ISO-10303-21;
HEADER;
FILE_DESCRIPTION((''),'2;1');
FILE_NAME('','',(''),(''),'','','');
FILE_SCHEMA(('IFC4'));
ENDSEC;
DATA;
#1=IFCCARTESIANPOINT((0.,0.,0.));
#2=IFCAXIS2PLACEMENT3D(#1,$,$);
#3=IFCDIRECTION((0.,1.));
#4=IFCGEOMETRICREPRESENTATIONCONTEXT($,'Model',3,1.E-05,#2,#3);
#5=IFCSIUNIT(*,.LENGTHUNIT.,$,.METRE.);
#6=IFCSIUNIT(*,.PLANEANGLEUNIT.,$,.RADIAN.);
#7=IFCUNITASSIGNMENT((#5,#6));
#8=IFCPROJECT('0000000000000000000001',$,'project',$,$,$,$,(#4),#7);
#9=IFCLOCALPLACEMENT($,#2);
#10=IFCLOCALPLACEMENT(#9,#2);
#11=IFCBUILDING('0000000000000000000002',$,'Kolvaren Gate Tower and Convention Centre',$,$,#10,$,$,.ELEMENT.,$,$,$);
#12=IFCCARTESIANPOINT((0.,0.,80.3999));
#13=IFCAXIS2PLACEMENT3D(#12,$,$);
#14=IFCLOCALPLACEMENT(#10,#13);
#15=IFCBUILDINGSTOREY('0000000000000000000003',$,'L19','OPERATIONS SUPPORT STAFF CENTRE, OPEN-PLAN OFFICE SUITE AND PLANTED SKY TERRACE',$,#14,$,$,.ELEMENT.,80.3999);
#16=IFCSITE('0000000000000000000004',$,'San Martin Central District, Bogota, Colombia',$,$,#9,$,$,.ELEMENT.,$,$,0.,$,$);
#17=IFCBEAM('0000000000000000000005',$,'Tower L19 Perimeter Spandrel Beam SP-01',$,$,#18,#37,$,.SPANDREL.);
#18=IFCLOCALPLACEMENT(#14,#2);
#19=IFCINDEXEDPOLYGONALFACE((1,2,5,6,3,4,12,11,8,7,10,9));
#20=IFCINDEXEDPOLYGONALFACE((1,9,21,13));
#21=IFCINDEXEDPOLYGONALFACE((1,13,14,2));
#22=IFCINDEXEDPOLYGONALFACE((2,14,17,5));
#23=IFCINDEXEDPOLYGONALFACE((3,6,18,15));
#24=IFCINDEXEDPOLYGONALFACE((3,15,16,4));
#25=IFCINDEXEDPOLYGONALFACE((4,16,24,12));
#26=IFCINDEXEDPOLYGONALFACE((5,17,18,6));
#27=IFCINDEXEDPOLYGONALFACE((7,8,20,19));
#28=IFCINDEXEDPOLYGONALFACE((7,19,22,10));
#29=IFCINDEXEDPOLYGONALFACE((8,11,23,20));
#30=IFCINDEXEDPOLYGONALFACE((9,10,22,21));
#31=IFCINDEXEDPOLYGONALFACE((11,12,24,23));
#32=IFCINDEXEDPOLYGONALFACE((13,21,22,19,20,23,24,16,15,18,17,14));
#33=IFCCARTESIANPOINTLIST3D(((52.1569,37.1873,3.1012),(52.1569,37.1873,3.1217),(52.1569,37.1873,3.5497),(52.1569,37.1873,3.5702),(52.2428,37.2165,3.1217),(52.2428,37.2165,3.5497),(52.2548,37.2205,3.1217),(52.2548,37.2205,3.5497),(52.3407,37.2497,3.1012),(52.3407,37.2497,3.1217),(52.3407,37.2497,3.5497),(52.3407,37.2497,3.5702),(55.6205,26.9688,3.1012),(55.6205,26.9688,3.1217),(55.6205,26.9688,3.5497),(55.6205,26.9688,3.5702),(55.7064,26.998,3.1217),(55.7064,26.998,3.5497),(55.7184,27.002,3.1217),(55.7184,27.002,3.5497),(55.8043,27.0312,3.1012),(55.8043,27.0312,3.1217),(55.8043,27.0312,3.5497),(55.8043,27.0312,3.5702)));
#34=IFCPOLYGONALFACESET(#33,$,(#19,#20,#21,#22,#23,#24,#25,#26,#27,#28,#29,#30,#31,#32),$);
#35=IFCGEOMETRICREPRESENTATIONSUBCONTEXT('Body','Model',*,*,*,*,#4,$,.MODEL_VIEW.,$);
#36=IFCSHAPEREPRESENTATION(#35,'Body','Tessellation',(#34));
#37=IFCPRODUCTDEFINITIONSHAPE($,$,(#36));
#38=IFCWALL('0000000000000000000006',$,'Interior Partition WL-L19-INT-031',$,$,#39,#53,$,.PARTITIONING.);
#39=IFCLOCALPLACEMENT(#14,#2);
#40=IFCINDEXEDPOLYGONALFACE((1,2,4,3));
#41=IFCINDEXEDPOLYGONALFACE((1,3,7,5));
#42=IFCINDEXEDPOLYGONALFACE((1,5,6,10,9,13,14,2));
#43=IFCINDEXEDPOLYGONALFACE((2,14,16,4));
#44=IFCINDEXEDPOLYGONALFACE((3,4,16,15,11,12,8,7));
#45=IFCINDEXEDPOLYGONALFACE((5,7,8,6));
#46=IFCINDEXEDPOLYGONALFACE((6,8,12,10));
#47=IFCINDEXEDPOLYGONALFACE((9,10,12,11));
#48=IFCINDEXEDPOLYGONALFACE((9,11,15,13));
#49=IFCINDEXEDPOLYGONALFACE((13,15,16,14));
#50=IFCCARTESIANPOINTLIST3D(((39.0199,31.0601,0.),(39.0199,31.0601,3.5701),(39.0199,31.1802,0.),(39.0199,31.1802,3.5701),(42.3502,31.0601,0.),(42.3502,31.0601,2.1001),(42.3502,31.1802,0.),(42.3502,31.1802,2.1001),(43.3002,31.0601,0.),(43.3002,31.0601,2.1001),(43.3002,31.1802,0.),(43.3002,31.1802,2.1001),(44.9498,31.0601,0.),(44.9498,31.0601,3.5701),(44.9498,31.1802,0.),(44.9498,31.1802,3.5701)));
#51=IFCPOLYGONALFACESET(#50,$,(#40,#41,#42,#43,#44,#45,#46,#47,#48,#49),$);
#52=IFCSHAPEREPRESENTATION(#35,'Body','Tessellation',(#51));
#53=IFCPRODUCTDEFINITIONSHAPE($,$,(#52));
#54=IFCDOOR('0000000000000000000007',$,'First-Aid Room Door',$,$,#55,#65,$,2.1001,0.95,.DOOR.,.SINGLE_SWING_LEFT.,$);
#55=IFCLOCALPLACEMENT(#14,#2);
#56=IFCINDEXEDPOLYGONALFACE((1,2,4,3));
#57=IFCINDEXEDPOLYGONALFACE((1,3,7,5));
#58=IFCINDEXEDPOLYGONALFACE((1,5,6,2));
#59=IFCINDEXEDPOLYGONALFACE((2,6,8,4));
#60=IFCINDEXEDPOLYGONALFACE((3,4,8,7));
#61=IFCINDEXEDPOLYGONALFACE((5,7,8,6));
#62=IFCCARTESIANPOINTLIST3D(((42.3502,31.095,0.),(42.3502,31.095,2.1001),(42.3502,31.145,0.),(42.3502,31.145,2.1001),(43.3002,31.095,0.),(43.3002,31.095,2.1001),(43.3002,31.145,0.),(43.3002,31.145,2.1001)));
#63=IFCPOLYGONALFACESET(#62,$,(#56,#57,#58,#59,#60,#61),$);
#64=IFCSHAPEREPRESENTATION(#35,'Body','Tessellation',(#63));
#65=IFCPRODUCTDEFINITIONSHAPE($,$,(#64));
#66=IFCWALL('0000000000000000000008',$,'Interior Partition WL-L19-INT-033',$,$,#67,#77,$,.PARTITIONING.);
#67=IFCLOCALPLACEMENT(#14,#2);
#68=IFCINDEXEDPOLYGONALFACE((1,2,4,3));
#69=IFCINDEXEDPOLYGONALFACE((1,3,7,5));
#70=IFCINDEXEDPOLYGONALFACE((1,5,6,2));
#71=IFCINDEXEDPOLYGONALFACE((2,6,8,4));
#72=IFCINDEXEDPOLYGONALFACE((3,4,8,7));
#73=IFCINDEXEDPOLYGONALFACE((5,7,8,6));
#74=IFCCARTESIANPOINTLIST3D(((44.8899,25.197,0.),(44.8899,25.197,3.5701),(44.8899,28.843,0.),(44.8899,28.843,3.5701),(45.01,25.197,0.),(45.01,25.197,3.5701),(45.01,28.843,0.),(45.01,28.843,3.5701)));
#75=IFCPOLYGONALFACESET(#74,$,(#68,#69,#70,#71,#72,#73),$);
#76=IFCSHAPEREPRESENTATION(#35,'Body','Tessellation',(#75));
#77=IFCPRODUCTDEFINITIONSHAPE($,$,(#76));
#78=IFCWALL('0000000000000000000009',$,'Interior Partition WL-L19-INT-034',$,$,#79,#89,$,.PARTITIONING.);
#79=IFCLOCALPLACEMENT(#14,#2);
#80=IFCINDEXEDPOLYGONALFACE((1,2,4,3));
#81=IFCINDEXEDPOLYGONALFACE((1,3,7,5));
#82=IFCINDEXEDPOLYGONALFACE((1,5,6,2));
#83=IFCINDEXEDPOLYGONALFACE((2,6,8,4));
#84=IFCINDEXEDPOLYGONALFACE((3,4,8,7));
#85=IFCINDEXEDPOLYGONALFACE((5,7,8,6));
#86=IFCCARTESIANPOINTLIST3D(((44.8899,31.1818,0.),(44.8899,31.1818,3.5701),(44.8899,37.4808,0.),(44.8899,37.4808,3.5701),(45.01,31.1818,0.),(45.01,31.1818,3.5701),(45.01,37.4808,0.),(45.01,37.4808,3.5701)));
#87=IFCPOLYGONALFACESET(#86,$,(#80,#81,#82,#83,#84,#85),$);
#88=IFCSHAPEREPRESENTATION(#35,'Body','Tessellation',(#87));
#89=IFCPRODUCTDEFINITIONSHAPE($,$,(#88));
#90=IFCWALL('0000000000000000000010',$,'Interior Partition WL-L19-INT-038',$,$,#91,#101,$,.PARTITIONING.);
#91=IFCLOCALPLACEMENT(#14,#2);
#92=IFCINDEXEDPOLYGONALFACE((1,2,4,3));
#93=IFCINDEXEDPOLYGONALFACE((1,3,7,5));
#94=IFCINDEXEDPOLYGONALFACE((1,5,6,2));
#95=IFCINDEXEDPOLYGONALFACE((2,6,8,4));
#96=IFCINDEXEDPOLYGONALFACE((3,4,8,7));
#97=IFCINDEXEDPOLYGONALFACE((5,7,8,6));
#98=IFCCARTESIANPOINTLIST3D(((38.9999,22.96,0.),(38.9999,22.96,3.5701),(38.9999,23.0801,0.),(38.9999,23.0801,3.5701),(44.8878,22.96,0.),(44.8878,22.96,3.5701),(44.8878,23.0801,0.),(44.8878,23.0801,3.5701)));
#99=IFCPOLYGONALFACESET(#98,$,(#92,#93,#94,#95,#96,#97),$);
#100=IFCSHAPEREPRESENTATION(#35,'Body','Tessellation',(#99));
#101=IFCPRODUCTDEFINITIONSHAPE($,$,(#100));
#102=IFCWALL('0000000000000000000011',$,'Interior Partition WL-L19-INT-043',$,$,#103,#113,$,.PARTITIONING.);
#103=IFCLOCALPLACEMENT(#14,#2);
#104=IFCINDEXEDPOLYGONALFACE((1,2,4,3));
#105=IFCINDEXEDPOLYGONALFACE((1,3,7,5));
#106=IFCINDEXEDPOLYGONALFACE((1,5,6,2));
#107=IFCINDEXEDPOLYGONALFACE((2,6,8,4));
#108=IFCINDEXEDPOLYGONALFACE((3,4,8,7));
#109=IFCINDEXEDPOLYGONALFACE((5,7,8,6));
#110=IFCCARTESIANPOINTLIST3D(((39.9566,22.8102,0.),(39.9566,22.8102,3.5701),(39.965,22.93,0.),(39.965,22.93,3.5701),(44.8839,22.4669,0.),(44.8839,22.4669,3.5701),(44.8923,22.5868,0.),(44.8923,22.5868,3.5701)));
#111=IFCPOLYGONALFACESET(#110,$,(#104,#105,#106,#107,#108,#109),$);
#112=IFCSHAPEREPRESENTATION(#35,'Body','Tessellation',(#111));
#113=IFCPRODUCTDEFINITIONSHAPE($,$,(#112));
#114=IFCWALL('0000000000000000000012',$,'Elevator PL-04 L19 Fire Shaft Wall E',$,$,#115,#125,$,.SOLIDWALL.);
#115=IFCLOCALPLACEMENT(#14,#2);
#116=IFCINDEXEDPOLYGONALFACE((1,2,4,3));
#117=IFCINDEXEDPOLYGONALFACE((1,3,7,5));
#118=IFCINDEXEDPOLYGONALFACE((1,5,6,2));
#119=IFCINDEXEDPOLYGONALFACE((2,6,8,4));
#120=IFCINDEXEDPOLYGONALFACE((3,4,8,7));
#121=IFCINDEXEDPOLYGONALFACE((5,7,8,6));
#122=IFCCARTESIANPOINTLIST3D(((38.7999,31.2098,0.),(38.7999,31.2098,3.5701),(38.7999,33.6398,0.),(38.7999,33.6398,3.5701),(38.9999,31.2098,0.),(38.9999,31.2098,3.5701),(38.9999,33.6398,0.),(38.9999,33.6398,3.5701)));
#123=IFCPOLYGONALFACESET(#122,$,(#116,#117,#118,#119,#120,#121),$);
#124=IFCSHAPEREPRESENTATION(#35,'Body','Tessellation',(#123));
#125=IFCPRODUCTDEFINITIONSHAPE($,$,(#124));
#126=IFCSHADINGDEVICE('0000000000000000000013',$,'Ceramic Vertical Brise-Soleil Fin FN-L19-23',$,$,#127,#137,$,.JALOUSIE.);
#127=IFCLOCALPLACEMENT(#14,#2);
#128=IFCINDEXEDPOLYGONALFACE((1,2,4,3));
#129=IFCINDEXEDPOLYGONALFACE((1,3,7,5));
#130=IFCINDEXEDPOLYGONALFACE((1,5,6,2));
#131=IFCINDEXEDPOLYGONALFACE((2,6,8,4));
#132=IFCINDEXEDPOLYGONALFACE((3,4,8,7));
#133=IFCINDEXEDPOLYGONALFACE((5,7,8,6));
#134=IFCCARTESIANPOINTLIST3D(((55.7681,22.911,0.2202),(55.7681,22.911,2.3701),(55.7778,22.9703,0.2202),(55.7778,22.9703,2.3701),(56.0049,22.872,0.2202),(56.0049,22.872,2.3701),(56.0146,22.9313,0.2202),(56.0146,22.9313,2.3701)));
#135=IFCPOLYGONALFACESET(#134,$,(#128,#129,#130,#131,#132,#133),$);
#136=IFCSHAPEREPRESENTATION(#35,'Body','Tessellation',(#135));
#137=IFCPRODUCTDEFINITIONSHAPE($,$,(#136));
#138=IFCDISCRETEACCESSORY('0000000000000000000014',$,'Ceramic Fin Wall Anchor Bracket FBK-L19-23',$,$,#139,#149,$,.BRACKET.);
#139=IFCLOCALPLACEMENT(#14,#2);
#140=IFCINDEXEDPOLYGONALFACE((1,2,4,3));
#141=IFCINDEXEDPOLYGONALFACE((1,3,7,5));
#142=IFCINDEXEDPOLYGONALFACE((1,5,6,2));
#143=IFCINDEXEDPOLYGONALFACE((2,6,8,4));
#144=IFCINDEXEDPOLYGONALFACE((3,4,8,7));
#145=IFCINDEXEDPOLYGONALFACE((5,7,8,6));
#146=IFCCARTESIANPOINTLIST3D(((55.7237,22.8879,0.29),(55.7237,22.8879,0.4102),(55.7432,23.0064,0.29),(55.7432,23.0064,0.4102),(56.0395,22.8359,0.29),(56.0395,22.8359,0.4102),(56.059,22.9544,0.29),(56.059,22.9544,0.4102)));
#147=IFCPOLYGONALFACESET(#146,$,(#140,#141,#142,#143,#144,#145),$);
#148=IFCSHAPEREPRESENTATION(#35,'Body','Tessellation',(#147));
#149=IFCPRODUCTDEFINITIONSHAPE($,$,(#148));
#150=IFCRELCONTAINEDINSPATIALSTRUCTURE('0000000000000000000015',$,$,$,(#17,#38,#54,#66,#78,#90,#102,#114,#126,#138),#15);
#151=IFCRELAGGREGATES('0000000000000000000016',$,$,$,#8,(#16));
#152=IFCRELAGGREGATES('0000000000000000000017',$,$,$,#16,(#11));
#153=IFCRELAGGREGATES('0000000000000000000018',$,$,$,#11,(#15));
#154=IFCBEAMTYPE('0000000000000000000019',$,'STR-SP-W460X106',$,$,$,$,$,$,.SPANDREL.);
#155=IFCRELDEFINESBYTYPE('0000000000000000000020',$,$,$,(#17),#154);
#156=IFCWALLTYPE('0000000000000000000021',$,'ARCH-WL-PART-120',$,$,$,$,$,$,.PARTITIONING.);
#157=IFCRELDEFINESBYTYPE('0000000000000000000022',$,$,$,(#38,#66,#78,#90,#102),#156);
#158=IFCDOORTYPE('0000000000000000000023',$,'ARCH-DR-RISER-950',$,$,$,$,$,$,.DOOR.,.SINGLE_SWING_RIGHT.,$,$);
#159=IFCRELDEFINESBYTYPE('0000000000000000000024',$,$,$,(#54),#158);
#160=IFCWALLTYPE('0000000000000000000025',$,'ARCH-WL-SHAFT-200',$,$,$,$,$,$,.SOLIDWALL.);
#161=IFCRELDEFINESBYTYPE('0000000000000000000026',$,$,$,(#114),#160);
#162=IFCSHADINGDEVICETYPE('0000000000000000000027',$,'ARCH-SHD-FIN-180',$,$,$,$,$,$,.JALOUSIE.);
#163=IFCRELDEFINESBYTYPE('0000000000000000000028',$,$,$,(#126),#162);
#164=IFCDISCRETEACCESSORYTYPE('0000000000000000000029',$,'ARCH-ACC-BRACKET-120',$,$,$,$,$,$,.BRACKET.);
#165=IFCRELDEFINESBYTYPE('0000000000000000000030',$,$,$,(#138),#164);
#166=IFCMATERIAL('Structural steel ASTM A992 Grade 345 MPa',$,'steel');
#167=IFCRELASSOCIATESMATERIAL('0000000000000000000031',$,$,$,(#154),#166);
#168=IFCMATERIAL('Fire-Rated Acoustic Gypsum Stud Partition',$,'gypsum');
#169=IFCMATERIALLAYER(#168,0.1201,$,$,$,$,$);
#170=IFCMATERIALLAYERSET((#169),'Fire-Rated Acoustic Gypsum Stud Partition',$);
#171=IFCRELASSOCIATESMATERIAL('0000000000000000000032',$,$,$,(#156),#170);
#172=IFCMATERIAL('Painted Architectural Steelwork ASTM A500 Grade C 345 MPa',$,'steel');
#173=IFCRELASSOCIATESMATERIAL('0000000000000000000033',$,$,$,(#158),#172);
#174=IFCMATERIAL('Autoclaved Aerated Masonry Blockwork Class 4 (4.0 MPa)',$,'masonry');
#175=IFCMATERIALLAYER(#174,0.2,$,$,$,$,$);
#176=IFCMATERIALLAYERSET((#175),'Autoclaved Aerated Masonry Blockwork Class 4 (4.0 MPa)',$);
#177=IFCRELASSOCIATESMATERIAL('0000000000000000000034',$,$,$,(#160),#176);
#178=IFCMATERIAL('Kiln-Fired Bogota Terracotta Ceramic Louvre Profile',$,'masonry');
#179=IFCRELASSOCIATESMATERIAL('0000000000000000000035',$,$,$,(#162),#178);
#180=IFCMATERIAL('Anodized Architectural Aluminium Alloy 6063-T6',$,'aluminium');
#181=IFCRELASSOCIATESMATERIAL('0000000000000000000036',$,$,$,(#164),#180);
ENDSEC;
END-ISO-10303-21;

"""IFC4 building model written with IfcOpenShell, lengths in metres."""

from ifc_helpers import new_model, si_unit, direction, frame, frame_2d, origin, origin_2d, place, context, subcontext, project, spatial, rectangle, i_section, extrude, material, layer, layer_set, material_profile, profile_set, type_object, element, fill, save


model = new_model("IFC4")

# Units and contexts
model_context = context("Model", 3, precision=1e-05, world=origin(), true_north=direction((0.0, 1.0)))
body_context = subcontext(model_context, "Body", "Model", "MODEL_VIEW")
ifc_project = project(units=[si_unit("LENGTHUNIT", "METRE"), si_unit("PLANEANGLEUNIT", "RADIAN")], contexts=[model_context])

# Site, building, storey
site_placement = place(None, origin())
site = spatial("IfcSite", under=ifc_project, at=site_placement, Name="San Martin Central District, Bogota, Colombia", CompositionType="ELEMENT", RefElevation=0.0)
building_placement = place(site_placement, origin())
building = spatial("IfcBuilding", under=site, at=building_placement, Name="Kolvaren Gate Tower and Convention Centre", CompositionType="ELEMENT")
storey_placement = place(building_placement, frame((0.0, 0.0, 80.3999)))
storey = spatial("IfcBuildingStorey", under=building, at=storey_placement, Name="L19", Description="OPERATIONS SUPPORT STAFF CENTRE, OPEN-PLAN OFFICE SUITE AND PLANTED SKY TERRACE", CompositionType="ELEMENT", Elevation=80.3999)

# Beam
ifc_material_1 = material(Name="Structural steel ASTM A992 Grade 345 MPa", Category="steel")
ifc_material_profile_1 = material_profile(ifc_material_1, i_section(OverallWidth=0.1941, OverallDepth=0.469, WebThickness=0.0127, FlangeThickness=0.0205, at=origin_2d()), Name="W460X106")
ifc_profile_set_1 = profile_set([ifc_material_profile_1], Name="Structural steel ASTM A992 Grade 345 MPa")
beam_type_1 = type_object("IfcBeamType", Name="STR-SP-W460X106", PredefinedType="SPANDREL", material=ifc_profile_set_1)
beam_1_placement = place(storey_placement, frame((55.7124, 27.0, 3.3357), z_axis=(-0.321016, 0.947074, 0.0), x_axis=(-0.947074, -0.321016, 0.0)))
element("IfcBeam", 1, at=beam_1_placement, inside=storey, type_object=beam_type_1, Name="Tower L19 Perimeter Spandrel Beam SP-01", PredefinedType="SPANDREL", context=body_context, shape_type="SweptSolid", body=[
    extrude(i_section(OverallWidth=0.1941, OverallDepth=0.469, WebThickness=0.0127, FlangeThickness=0.0205, at=origin_2d()), origin(), (0.0, 0.0, 1.0), 10.7896),
])

# Wall, opening, door
ifc_material_2 = material(Name="Fire-Rated Acoustic Gypsum Stud Partition", Category="gypsum")
ifc_layer_1 = layer(ifc_material_2, 0.1201)
ifc_layer_set_1 = layer_set([ifc_layer_1], Name="Fire-Rated Acoustic Gypsum Stud Partition")
wall_type_1 = type_object("IfcWallType", Name="ARCH-WL-PART-120", PredefinedType="PARTITIONING", material=ifc_layer_set_1)
wall_1_placement = place(storey_placement, frame((39.02, 31.1201, 0.0), z_axis=(0.0, 0.0, 1.0), x_axis=(1.0, 0.0, 0.0)))
wall_1 = element("IfcWall", 2, at=wall_1_placement, inside=storey, type_object=wall_type_1, Name="Interior Partition WL-L19-INT-031", PredefinedType="PARTITIONING", context=body_context, shape_type="SweptSolid", body=[
    extrude(rectangle(XDim=5.9299, YDim=0.1201, at=frame_2d((2.9648, 0.0))), origin(), (0.0, 0.0, 1.0), 3.5701),
])
opening_placement = place(wall_1_placement, frame((3.3301, 0.0, 0.0)))
opening = element("IfcOpeningElement", 3, at=opening_placement, cuts=wall_1, PredefinedType="OPENING", context=body_context, shape_type="SweptSolid", body=[
    extrude(rectangle(XDim=0.95, YDim=2.1001, at=frame_2d((0.4751, 1.05))), frame((0.0, 0.0701, 0.0), z_axis=(0.0, -1.0, 0.0), x_axis=(1.0, 0.0, 0.0)), (0.0, 0.0, 1.0), 0.1401),
])
ifc_material_3 = material(Name="Painted Architectural Steelwork ASTM A500 Grade C 345 MPa", Category="steel")
door_type = type_object("IfcDoorType", Name="ARCH-DR-RISER-950", OperationType="SINGLE_SWING_RIGHT", PredefinedType="DOOR", material=ifc_material_3)
door_placement = place(opening_placement, origin())
door = element("IfcDoor", 4, at=door_placement, inside=storey, type_object=door_type, Name="First-Aid Room Door", OperationType="SINGLE_SWING_LEFT", OverallHeight=2.1001, OverallWidth=0.95, PredefinedType="DOOR", context=body_context, shape_type="SweptSolid", body=[
    extrude(rectangle(XDim=0.95, YDim=2.1001, at=frame_2d((0.4751, 1.05))), frame((0.0, 0.0249, 0.0), z_axis=(0.0, -1.0, 0.0), x_axis=(1.0, 0.0, 0.0)), (0.0, 0.0, 1.0), 0.05),
])
fill(opening, door)

# Walls
wall_2_placement = place(storey_placement, frame((44.95, 25.197, 0.0), z_axis=(0.0, 0.0, 1.0), x_axis=(0.0, 1.0, 0.0)))
element("IfcWall", 5, at=wall_2_placement, inside=storey, type_object=wall_type_1, Name="Interior Partition WL-L19-INT-033", PredefinedType="PARTITIONING", context=body_context, shape_type="SweptSolid", body=[
    extrude(rectangle(XDim=3.646, YDim=0.1201, at=frame_2d((1.823, 0.0))), origin(), (0.0, 0.0, 1.0), 3.5701),
])
wall_3_placement = place(storey_placement, frame((44.95, 31.1819, 0.0), z_axis=(0.0, 0.0, 1.0), x_axis=(0.0, 1.0, 0.0)))
element("IfcWall", 6, at=wall_3_placement, inside=storey, type_object=wall_type_1, Name="Interior Partition WL-L19-INT-034", PredefinedType="PARTITIONING", context=body_context, shape_type="SweptSolid", body=[
    extrude(rectangle(XDim=6.2991, YDim=0.1201, at=frame_2d((3.1494, 0.0))), origin(), (0.0, 0.0, 1.0), 3.5701),
])
wall_4_placement = place(storey_placement, frame((39.0, 23.02, 0.0), z_axis=(0.0, 0.0, 1.0), x_axis=(1.0, 0.0, 0.0)))
element("IfcWall", 7, at=wall_4_placement, inside=storey, type_object=wall_type_1, Name="Interior Partition WL-L19-INT-038", PredefinedType="PARTITIONING", context=body_context, shape_type="SweptSolid", body=[
    extrude(rectangle(XDim=5.8879, YDim=0.1201, at=frame_2d((2.9438, 0.0))), origin(), (0.0, 0.0, 1.0), 3.5701),
])
wall_5_placement = place(storey_placement, frame((39.9607, 22.8701, 0.0), z_axis=(0.0, 0.0, 1.0), x_axis=(0.997582, -0.069498, 0.0)))
element("IfcWall", 8, at=wall_5_placement, inside=storey, type_object=wall_type_1, Name="Interior Partition WL-L19-INT-043", PredefinedType="PARTITIONING", context=body_context, shape_type="SweptSolid", body=[
    extrude(rectangle(XDim=4.9392, YDim=0.1201, at=frame_2d((2.4697, 0.0))), origin(), (0.0, 0.0, 1.0), 3.5701),
])
ifc_material_4 = material(Name="Autoclaved Aerated Masonry Blockwork Class 4 (4.0 MPa)", Category="masonry")
ifc_layer_2 = layer(ifc_material_4, 0.2)
ifc_layer_set_2 = layer_set([ifc_layer_2], Name="Autoclaved Aerated Masonry Blockwork Class 4 (4.0 MPa)")
wall_type_2 = type_object("IfcWallType", Name="ARCH-WL-SHAFT-200", PredefinedType="SOLIDWALL", material=ifc_layer_set_2)
wall_6_placement = place(storey_placement, frame((38.8999, 31.21, 0.0), z_axis=(0.0, 0.0, 1.0), x_axis=(0.0, 1.0, 0.0)))
element("IfcWall", 9, at=wall_6_placement, inside=storey, type_object=wall_type_2, Name="Elevator PL-04 L19 Fire Shaft Wall E", PredefinedType="SOLIDWALL", context=body_context, shape_type="SweptSolid", body=[
    extrude(rectangle(XDim=2.4299, YDim=0.2, at=frame_2d((1.2148, 0.0))), origin(), (0.0, 0.0, 1.0), 3.5701),
])

# Shading device
ifc_material_5 = material(Name="Kiln-Fired Bogota Terracotta Ceramic Louvre Profile", Category="masonry")
shading_device_type = type_object("IfcShadingDeviceType", Name="ARCH-SHD-FIN-180", PredefinedType="JALOUSIE", material=ifc_material_5)
shading_device_placement = place(storey_placement, frame((55.8914, 22.9211, 0.2202), z_axis=(0.0, 0.0, 1.0), x_axis=(0.162375, 0.986729, 0.0)))
element("IfcShadingDevice", 10, at=shading_device_placement, inside=storey, type_object=shading_device_type, Name="Ceramic Vertical Brise-Soleil Fin FN-L19-23", PredefinedType="JALOUSIE", context=body_context, shape_type="SweptSolid", body=[
    extrude(rectangle(XDim=0.0601, YDim=0.24, at=origin_2d()), origin(), (0.0, 0.0, 1.0), 2.1499),
])

# Discrete accessory
ifc_material_6 = material(Name="Anodized Architectural Aluminium Alloy 6063-T6", Category="aluminium")
discrete_accessory_type = type_object("IfcDiscreteAccessoryType", Name="ARCH-ACC-BRACKET-120", PredefinedType="BRACKET", material=ifc_material_6)
discrete_accessory_placement = place(storey_placement, frame((55.8914, 22.9211, 0.29), z_axis=(0.0, 0.0, 1.0), x_axis=(0.162375, 0.986729, 0.0)))
element("IfcDiscreteAccessory", 11, at=discrete_accessory_placement, inside=storey, type_object=discrete_accessory_type, Name="Ceramic Fin Wall Anchor Bracket FBK-L19-23", PredefinedType="BRACKET", context=body_context, shape_type="SweptSolid", body=[
    extrude(rectangle(XDim=0.1201, YDim=0.3201, at=origin_2d()), origin(), (0.0, 0.0, 1.0), 0.1201),
])

save(model, "model.ifc")
